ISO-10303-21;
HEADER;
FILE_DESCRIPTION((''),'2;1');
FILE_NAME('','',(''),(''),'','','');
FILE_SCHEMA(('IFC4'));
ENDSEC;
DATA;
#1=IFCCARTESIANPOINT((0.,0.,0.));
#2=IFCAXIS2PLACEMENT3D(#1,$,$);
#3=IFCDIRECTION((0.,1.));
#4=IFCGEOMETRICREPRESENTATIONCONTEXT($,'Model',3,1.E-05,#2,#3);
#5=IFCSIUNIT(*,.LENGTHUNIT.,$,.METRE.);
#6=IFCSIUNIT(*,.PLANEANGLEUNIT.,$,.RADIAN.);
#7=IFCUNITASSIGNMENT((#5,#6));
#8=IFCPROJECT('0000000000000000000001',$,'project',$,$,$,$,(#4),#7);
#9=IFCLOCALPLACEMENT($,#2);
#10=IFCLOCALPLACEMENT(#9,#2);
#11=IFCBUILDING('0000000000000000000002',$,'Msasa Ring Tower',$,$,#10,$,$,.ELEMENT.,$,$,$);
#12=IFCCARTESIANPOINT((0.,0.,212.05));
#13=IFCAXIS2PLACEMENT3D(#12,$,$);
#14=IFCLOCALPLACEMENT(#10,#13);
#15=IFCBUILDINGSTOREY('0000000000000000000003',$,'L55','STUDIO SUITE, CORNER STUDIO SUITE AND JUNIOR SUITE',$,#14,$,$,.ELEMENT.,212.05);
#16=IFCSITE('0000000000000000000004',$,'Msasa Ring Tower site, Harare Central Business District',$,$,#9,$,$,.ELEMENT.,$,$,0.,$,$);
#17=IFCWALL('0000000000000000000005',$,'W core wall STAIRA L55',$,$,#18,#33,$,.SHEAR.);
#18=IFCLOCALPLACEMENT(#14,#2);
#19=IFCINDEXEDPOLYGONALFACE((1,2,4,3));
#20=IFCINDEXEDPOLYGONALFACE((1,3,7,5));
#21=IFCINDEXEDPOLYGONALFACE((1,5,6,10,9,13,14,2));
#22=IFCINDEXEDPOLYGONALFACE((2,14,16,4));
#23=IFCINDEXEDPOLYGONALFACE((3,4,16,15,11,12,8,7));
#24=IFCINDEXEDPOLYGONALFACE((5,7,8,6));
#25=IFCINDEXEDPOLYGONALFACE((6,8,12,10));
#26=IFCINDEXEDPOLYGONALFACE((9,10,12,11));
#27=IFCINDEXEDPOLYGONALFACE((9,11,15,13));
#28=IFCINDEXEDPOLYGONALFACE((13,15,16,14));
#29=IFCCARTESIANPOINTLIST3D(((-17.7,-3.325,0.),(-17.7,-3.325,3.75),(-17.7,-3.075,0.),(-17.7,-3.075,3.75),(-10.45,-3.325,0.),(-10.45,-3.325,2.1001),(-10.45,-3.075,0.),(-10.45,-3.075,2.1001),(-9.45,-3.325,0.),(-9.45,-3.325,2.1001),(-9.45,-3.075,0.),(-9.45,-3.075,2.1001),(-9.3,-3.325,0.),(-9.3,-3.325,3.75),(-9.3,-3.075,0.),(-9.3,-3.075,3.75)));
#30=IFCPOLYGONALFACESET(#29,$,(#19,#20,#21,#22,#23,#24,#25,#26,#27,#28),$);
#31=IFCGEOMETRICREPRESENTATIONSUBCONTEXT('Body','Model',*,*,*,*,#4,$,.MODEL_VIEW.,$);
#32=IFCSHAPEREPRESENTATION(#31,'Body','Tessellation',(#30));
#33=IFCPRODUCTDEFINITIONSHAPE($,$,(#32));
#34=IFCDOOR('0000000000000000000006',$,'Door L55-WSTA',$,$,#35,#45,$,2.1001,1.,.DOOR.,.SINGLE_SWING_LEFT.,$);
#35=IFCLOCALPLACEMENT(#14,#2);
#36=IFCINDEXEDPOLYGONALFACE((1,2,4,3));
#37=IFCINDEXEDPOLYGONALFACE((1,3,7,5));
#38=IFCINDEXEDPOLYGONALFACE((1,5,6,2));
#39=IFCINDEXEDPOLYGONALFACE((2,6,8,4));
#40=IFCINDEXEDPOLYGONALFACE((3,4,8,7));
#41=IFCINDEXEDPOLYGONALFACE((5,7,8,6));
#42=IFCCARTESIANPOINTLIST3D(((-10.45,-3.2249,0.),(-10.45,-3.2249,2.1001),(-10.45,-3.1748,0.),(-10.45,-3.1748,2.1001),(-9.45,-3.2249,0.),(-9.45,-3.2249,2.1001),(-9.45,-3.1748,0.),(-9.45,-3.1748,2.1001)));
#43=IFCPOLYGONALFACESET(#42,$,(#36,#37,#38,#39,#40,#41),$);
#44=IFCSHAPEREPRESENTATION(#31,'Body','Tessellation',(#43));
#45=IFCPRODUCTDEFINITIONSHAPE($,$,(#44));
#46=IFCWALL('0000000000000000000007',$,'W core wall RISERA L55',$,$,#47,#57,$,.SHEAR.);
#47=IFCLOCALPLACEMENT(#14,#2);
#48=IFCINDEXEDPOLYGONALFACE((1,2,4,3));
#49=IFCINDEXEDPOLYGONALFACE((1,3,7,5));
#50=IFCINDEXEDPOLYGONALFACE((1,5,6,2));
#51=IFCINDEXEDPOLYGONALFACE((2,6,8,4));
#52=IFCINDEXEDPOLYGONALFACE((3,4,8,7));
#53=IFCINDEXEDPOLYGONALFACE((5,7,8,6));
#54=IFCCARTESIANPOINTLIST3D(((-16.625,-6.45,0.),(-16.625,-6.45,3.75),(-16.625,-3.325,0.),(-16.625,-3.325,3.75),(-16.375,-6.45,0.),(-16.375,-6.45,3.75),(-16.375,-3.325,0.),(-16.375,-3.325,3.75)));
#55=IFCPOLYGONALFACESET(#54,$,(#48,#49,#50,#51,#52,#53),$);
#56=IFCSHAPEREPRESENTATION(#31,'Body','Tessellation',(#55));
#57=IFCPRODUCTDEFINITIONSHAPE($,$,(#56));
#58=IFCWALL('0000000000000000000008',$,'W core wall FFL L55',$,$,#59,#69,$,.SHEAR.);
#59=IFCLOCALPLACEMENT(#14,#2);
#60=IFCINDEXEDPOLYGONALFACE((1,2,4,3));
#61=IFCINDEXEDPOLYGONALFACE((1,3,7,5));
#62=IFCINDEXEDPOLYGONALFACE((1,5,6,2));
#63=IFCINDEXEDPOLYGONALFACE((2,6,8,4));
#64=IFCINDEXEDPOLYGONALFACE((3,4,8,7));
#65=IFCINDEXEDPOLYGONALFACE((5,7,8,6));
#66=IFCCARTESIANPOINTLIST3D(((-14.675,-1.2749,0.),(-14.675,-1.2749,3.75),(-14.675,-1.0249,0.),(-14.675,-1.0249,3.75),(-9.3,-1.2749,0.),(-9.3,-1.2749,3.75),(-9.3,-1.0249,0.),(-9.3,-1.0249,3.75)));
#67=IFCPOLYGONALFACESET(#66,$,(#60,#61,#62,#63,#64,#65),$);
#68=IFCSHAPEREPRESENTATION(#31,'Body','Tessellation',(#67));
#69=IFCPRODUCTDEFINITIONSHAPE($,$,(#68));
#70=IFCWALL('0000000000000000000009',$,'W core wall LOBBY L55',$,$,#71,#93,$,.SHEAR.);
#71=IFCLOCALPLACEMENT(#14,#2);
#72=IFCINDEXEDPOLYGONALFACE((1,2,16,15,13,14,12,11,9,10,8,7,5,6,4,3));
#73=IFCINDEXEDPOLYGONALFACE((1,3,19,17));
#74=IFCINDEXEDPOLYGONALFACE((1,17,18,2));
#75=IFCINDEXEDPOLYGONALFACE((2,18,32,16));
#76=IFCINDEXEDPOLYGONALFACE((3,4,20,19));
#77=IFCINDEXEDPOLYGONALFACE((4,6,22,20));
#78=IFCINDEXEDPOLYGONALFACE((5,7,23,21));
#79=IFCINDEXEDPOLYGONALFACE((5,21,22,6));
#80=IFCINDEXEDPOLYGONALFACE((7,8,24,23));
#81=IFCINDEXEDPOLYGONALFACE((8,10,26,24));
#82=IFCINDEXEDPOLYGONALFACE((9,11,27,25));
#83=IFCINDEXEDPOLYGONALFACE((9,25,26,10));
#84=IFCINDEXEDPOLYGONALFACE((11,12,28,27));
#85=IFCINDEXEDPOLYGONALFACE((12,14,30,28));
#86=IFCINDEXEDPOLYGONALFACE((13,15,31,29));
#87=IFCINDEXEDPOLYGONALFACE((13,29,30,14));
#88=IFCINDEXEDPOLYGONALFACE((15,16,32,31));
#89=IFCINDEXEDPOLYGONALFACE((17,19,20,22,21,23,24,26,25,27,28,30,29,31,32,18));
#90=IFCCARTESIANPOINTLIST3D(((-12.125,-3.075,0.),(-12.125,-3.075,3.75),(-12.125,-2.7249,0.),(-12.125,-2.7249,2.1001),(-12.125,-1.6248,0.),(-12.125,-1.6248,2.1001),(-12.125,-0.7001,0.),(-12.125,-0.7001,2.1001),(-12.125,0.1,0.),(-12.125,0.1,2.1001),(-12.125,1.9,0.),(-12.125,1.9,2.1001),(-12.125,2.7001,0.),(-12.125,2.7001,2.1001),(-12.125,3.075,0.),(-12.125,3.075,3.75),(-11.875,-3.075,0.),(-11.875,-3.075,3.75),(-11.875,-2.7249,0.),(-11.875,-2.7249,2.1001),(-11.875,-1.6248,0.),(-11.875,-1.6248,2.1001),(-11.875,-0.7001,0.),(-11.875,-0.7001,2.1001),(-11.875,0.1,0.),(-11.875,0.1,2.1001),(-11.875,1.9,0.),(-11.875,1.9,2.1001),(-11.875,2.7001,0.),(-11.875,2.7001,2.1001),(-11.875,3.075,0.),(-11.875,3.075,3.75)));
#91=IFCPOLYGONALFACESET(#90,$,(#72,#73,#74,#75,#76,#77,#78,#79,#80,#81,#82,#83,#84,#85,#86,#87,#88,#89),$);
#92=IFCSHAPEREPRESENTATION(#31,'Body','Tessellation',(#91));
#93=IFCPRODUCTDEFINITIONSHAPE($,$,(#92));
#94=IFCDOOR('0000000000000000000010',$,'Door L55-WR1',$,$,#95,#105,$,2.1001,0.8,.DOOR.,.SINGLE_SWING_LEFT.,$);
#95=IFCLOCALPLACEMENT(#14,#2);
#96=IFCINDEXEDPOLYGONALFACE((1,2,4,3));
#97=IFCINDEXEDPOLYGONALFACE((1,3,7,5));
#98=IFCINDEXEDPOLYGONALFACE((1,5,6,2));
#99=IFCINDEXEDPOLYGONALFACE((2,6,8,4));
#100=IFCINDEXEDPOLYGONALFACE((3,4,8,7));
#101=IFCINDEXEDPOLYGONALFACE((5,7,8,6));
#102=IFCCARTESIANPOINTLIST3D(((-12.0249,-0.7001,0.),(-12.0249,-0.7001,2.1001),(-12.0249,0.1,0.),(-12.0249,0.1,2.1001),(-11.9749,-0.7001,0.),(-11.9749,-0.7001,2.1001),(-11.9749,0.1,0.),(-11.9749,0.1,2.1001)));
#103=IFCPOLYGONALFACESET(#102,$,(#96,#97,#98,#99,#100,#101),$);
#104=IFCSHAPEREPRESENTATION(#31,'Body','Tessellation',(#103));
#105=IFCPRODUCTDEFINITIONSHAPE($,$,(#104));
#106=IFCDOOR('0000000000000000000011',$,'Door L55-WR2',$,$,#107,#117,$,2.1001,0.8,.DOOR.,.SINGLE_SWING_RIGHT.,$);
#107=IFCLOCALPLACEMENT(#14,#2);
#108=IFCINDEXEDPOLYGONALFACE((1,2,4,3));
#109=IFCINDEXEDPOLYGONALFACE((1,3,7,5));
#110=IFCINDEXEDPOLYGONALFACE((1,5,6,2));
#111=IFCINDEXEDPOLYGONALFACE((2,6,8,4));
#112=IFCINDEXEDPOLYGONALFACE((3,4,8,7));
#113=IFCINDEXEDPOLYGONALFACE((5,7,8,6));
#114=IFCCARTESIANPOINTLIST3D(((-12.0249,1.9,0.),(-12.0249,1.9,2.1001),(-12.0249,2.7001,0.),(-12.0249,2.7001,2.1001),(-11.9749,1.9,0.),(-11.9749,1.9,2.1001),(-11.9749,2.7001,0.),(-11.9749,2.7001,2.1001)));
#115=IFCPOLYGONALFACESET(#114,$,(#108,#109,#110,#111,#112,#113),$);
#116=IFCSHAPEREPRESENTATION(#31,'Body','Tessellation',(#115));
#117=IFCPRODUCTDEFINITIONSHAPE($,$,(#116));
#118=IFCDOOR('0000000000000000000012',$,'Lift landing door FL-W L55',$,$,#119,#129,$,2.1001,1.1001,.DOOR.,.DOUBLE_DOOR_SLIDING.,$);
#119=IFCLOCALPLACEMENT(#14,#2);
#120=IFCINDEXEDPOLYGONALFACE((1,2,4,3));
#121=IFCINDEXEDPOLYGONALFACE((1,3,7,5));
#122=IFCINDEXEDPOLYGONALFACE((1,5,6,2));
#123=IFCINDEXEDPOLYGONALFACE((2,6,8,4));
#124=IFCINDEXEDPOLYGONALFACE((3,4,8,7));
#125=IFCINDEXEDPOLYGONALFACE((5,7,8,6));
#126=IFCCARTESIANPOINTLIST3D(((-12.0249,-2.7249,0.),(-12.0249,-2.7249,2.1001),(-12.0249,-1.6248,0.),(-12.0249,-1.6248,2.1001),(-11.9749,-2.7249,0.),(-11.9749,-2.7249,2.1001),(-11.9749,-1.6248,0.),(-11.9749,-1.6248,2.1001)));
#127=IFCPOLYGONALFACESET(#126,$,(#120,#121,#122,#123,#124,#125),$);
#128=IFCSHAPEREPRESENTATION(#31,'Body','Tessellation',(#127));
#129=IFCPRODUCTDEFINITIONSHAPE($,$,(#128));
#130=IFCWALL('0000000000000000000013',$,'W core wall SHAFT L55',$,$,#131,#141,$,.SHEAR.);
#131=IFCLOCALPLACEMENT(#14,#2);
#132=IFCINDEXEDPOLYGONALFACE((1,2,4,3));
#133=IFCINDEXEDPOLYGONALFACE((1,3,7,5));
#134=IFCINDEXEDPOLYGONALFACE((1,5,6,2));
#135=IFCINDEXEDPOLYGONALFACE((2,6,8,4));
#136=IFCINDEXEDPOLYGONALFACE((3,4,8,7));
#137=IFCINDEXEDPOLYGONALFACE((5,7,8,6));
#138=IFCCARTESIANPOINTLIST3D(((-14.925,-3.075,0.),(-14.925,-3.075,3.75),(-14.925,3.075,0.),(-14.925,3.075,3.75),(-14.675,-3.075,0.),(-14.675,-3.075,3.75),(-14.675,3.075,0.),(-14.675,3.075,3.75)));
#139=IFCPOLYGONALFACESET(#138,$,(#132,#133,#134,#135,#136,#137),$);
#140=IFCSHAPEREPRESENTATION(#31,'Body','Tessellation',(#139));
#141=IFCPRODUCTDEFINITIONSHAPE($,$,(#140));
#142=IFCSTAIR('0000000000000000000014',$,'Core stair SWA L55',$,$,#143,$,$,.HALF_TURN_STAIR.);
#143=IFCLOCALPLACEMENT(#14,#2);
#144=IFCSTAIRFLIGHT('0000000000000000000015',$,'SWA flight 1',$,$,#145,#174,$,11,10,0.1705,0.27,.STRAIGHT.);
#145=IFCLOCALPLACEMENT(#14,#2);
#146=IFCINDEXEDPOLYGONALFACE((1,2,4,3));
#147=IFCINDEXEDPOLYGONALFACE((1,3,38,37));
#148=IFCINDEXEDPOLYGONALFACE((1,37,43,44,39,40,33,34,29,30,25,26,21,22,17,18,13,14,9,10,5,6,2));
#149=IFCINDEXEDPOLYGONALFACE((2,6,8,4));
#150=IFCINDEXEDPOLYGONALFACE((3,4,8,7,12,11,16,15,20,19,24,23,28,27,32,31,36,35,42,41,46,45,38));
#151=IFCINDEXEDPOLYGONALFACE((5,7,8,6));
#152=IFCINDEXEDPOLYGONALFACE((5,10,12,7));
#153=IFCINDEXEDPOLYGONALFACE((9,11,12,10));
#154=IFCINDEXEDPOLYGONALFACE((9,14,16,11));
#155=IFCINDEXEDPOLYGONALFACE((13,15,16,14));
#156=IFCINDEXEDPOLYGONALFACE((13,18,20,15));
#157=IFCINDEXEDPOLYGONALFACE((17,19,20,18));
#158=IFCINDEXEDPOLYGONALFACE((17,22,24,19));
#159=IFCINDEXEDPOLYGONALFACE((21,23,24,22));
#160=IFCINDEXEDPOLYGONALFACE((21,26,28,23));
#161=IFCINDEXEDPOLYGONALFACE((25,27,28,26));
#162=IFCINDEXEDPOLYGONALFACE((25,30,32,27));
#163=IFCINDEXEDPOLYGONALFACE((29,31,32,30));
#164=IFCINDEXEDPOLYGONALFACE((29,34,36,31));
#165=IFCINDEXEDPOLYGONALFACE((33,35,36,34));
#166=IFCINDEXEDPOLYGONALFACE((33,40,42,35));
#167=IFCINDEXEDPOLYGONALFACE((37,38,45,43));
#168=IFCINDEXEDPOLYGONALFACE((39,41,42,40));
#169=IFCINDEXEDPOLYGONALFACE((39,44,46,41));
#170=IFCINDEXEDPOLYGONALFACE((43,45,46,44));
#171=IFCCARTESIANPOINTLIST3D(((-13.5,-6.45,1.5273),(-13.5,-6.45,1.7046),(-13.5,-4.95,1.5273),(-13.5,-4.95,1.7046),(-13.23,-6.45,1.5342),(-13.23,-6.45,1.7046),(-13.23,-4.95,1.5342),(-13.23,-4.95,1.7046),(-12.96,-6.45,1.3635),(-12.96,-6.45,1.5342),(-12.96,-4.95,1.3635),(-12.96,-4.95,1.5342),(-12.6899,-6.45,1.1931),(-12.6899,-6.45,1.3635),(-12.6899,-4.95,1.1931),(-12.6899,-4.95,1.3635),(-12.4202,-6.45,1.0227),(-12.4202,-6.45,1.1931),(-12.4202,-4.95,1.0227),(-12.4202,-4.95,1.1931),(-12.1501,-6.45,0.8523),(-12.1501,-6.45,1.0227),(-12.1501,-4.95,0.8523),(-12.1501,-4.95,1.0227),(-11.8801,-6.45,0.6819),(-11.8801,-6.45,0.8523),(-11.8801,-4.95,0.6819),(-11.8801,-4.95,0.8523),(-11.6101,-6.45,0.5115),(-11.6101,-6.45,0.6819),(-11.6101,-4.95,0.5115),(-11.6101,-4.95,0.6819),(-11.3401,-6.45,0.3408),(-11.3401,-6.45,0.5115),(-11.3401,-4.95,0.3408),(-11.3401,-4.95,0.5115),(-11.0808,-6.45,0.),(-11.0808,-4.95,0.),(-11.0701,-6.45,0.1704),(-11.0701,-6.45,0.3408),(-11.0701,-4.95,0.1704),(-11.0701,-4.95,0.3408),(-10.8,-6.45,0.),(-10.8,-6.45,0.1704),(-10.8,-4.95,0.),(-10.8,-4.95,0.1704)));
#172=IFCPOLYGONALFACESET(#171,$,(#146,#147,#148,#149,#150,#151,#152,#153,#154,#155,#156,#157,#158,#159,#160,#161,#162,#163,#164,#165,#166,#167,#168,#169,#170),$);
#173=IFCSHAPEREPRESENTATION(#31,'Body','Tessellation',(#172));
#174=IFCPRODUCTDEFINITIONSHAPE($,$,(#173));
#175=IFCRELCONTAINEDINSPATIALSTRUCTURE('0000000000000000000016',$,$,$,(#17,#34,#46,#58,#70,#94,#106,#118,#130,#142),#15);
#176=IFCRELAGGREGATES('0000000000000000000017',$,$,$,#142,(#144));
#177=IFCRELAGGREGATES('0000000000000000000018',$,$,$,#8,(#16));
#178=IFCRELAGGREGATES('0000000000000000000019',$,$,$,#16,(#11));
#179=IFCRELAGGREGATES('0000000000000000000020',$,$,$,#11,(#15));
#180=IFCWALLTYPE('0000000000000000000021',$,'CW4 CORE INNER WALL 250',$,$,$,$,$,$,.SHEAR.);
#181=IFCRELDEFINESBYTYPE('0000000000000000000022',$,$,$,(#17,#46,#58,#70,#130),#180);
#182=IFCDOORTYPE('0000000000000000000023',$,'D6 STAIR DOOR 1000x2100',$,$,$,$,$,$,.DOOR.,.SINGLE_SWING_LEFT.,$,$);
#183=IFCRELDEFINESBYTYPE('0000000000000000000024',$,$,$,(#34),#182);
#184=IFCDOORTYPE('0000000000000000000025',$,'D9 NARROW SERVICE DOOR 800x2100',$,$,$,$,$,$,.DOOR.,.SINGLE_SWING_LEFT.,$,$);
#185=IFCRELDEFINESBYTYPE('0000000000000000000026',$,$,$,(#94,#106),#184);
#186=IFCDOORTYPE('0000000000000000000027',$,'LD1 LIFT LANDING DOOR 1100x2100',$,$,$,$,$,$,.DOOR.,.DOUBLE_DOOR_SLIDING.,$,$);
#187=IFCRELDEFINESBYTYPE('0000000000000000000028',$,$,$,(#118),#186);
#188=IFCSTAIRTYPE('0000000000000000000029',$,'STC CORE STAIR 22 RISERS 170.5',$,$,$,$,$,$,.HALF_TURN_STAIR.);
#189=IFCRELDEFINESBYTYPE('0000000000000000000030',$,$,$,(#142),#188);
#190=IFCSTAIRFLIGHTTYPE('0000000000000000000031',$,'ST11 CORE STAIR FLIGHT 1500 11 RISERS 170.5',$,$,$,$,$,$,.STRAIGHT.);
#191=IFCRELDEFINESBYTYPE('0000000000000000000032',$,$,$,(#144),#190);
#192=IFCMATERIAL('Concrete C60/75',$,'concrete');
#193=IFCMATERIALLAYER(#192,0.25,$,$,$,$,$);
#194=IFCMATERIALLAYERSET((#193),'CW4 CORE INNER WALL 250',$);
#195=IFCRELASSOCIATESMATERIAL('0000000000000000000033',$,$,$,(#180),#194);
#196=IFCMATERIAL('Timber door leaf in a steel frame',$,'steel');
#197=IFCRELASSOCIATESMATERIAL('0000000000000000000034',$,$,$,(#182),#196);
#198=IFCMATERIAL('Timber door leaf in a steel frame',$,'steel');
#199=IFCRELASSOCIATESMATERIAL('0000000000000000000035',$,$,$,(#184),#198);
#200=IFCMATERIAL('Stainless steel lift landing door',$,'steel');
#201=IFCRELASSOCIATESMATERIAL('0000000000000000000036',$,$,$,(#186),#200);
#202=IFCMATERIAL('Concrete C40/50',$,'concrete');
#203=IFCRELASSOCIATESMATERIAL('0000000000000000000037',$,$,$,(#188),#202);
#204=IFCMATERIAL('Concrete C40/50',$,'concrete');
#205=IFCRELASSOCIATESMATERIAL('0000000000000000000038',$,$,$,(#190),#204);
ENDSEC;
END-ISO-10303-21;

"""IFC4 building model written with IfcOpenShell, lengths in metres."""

from ifc_helpers import new_model, si_unit, direction, frame, frame_2d, origin, place, context, subcontext, project, spatial, polyline, rectangle, outline, extrude, material, layer, layer_set, type_object, element, fill, aggregate, save


model = new_model("IFC4")

# Units and contexts
model_context = context("Model", 3, precision=1e-05, world=origin(), true_north=direction((0.0, 1.0)))
body_context = subcontext(model_context, "Body", "Model", "MODEL_VIEW")
ifc_project = project(units=[si_unit("LENGTHUNIT", "METRE"), si_unit("PLANEANGLEUNIT", "RADIAN")], contexts=[model_context])

# Site, building, storey
site_placement = place(None, origin())
site = spatial("IfcSite", under=ifc_project, at=site_placement, Name="Msasa Ring Tower site, Harare Central Business District", CompositionType="ELEMENT", RefElevation=0.0)
building_placement = place(site_placement, origin())
building = spatial("IfcBuilding", under=site, at=building_placement, Name="Msasa Ring Tower", CompositionType="ELEMENT")
storey_placement = place(building_placement, frame((0.0, 0.0, 212.05)))
storey = spatial("IfcBuildingStorey", under=building, at=storey_placement, Name="L55", Description="STUDIO SUITE, CORNER STUDIO SUITE AND JUNIOR SUITE", CompositionType="ELEMENT", Elevation=212.05)

# Wall, opening, door
ifc_material_1 = material(Name="Concrete C60/75", Category="concrete")
ifc_layer = layer(ifc_material_1, 0.25)
ifc_layer_set = layer_set([ifc_layer], Name="CW4 CORE INNER WALL 250")
wall_type = type_object("IfcWallType", Name="CW4 CORE INNER WALL 250", PredefinedType="SHEAR", material=ifc_layer_set)
wall_1_placement = place(storey_placement, frame((-9.3, -3.2, 0.0), z_axis=(0.0, 0.0, 1.0), x_axis=(-1.0, 0.0, 0.0)))
wall_1 = element("IfcWall", 1, at=wall_1_placement, inside=storey, type_object=wall_type, Name="W core wall STAIRA L55", PredefinedType="SHEAR", context=body_context, shape_type="SweptSolid", body=[
    extrude(rectangle(XDim=8.3999, YDim=0.25, at=frame_2d((4.2, 0.0))), origin(), (0.0, 0.0, 1.0), 3.75),
])
opening_1_placement = place(wall_1_placement, frame((0.1499, 0.0, 0.0)))
opening_1 = element("IfcOpeningElement", 2, at=opening_1_placement, cuts=wall_1, PredefinedType="OPENING", context=body_context, shape_type="SweptSolid", body=[
    extrude(rectangle(XDim=1.0, YDim=2.1001, at=frame_2d((0.5, 1.05))), frame((0.0, 0.135, 0.0), z_axis=(0.0, -1.0, 0.0), x_axis=(1.0, 0.0, 0.0)), (0.0, 0.0, 1.0), 0.27),
])
ifc_material_2 = material(Name="Timber door leaf in a steel frame", Category="steel")
door_type_1 = type_object("IfcDoorType", Name="D6 STAIR DOOR 1000x2100", OperationType="SINGLE_SWING_LEFT", PredefinedType="DOOR", material=ifc_material_2)
door_1_placement = place(opening_1_placement, origin())
door_1 = element("IfcDoor", 3, at=door_1_placement, inside=storey, type_object=door_type_1, Name="Door L55-WSTA", OperationType="SINGLE_SWING_LEFT", OverallHeight=2.1001, OverallWidth=1.0, PredefinedType="DOOR", context=body_context, shape_type="SweptSolid", body=[
    extrude(rectangle(XDim=1.0, YDim=2.1001, at=frame_2d((0.5, 1.05))), frame((0.0, 0.0249, 0.0), z_axis=(0.0, -1.0, 0.0), x_axis=(1.0, 0.0, 0.0)), (0.0, 0.0, 1.0), 0.05),
])
fill(opening_1, door_1)

# Walls
wall_2_placement = place(storey_placement, frame((-16.5, -6.45, 0.0), z_axis=(0.0, 0.0, 1.0), x_axis=(0.0, 1.0, 0.0)))
element("IfcWall", 4, at=wall_2_placement, inside=storey, type_object=wall_type, Name="W core wall RISERA L55", PredefinedType="SHEAR", context=body_context, shape_type="SweptSolid", body=[
    extrude(rectangle(XDim=3.125, YDim=0.25, at=frame_2d((1.5625, 0.0))), origin(), (0.0, 0.0, 1.0), 3.75),
])
wall_3_placement = place(storey_placement, frame((-9.3, -1.1499, 0.0), z_axis=(0.0, 0.0, 1.0), x_axis=(-1.0, 0.0, 0.0)))
element("IfcWall", 5, at=wall_3_placement, inside=storey, type_object=wall_type, Name="W core wall FFL L55", PredefinedType="SHEAR", context=body_context, shape_type="SweptSolid", body=[
    extrude(rectangle(XDim=5.375, YDim=0.25, at=frame_2d((2.6875, 0.0))), origin(), (0.0, 0.0, 1.0), 3.75),
])

# Wall, openings, doors
wall_4_placement = place(storey_placement, frame((-12.0, -3.075, 0.0), z_axis=(0.0, 0.0, 1.0), x_axis=(0.0, 1.0, 0.0)))
wall_4 = element("IfcWall", 6, at=wall_4_placement, inside=storey, type_object=wall_type, Name="W core wall LOBBY L55", PredefinedType="SHEAR", context=body_context, shape_type="SweptSolid", body=[
    extrude(rectangle(XDim=6.1499, YDim=0.25, at=frame_2d((3.075, 0.0))), origin(), (0.0, 0.0, 1.0), 3.75),
])
opening_2_placement = place(wall_4_placement, frame((2.375, 0.0, 0.0)))
opening_2 = element("IfcOpeningElement", 7, at=opening_2_placement, cuts=wall_4, PredefinedType="OPENING", context=body_context, shape_type="SweptSolid", body=[
    extrude(rectangle(XDim=0.8, YDim=2.1001, at=frame_2d((0.3999, 1.05))), frame((0.0, 0.135, 0.0), z_axis=(0.0, -1.0, 0.0), x_axis=(1.0, 0.0, 0.0)), (0.0, 0.0, 1.0), 0.27),
])
opening_3_placement = place(wall_4_placement, frame((4.9751, 0.0, 0.0)))
opening_3 = element("IfcOpeningElement", 8, at=opening_3_placement, cuts=wall_4, PredefinedType="OPENING", context=body_context, shape_type="SweptSolid", body=[
    extrude(rectangle(XDim=0.8, YDim=2.1001, at=frame_2d((0.3999, 1.05))), frame((0.0, 0.135, 0.0), z_axis=(0.0, -1.0, 0.0), x_axis=(1.0, 0.0, 0.0)), (0.0, 0.0, 1.0), 0.27),
])
opening_4_placement = place(wall_4_placement, frame((0.3501, 0.0, 0.0)))
opening_4 = element("IfcOpeningElement", 9, at=opening_4_placement, cuts=wall_4, PredefinedType="OPENING", context=body_context, shape_type="SweptSolid", body=[
    extrude(rectangle(XDim=1.1001, YDim=2.1001, at=frame_2d((0.55, 1.05))), frame((0.0, 0.135, 0.0), z_axis=(0.0, -1.0, 0.0), x_axis=(1.0, 0.0, 0.0)), (0.0, 0.0, 1.0), 0.27),
])
ifc_material_3 = material(Name="Timber door leaf in a steel frame", Category="steel")
door_type_2 = type_object("IfcDoorType", Name="D9 NARROW SERVICE DOOR 800x2100", OperationType="SINGLE_SWING_LEFT", PredefinedType="DOOR", material=ifc_material_3)
door_2_placement = place(opening_2_placement, origin())
door_2 = element("IfcDoor", 10, at=door_2_placement, inside=storey, type_object=door_type_2, Name="Door L55-WR1", OperationType="SINGLE_SWING_LEFT", OverallHeight=2.1001, OverallWidth=0.8, PredefinedType="DOOR", context=body_context, shape_type="SweptSolid", body=[
    extrude(rectangle(XDim=0.8, YDim=2.1001, at=frame_2d((0.3999, 1.05))), frame((0.0, 0.0249, 0.0), z_axis=(0.0, -1.0, 0.0), x_axis=(1.0, 0.0, 0.0)), (0.0, 0.0, 1.0), 0.05),
])
fill(opening_2, door_2)
door_3_placement = place(opening_3_placement, origin())
door_3 = element("IfcDoor", 11, at=door_3_placement, inside=storey, type_object=door_type_2, Name="Door L55-WR2", OperationType="SINGLE_SWING_RIGHT", OverallHeight=2.1001, OverallWidth=0.8, PredefinedType="DOOR", context=body_context, shape_type="SweptSolid", body=[
    extrude(rectangle(XDim=0.8, YDim=2.1001, at=frame_2d((0.3999, 1.05))), frame((0.0, 0.0249, 0.0), z_axis=(0.0, -1.0, 0.0), x_axis=(1.0, 0.0, 0.0)), (0.0, 0.0, 1.0), 0.05),
])
fill(opening_3, door_3)
ifc_material_4 = material(Name="Stainless steel lift landing door", Category="steel")
door_type_3 = type_object("IfcDoorType", Name="LD1 LIFT LANDING DOOR 1100x2100", OperationType="DOUBLE_DOOR_SLIDING", PredefinedType="DOOR", material=ifc_material_4)
door_4_placement = place(opening_4_placement, origin())
door_4 = element("IfcDoor", 12, at=door_4_placement, inside=storey, type_object=door_type_3, Name="Lift landing door FL-W L55", OperationType="DOUBLE_DOOR_SLIDING", OverallHeight=2.1001, OverallWidth=1.1001, PredefinedType="DOOR", context=body_context, shape_type="SweptSolid", body=[
    extrude(rectangle(XDim=1.1001, YDim=2.1001, at=frame_2d((0.55, 1.05))), frame((0.0, 0.0249, 0.0), z_axis=(0.0, -1.0, 0.0), x_axis=(1.0, 0.0, 0.0)), (0.0, 0.0, 1.0), 0.05),
])
fill(opening_4, door_4)

# Wall
wall_5_placement = place(storey_placement, frame((-14.8, -3.075, 0.0), z_axis=(0.0, 0.0, 1.0), x_axis=(0.0, 1.0, 0.0)))
element("IfcWall", 13, at=wall_5_placement, inside=storey, type_object=wall_type, Name="W core wall SHAFT L55", PredefinedType="SHEAR", context=body_context, shape_type="SweptSolid", body=[
    extrude(rectangle(XDim=6.1499, YDim=0.25, at=frame_2d((3.075, 0.0))), origin(), (0.0, 0.0, 1.0), 3.75),
])

# Stair, stair flight
ifc_material_5 = material(Name="Concrete C40/50", Category="concrete")
stair_type = type_object("IfcStairType", Name="STC CORE STAIR 22 RISERS 170.5", PredefinedType="HALF_TURN_STAIR", material=ifc_material_5)
stair_placement = place(storey_placement, origin())
stair = element("IfcStair", 14, at=stair_placement, inside=storey, type_object=stair_type, Name="Core stair SWA L55", PredefinedType="HALF_TURN_STAIR")
ifc_material_6 = material(Name="Concrete C40/50", Category="concrete")
stair_flight_type = type_object("IfcStairFlightType", Name="ST11 CORE STAIR FLIGHT 1500 11 RISERS 170.5", PredefinedType="STRAIGHT", material=ifc_material_6)
stair_flight_1_placement = place(storey_placement, frame((-10.8, -5.7, 0.0), z_axis=(0.0, 0.0, 1.0), x_axis=(-1.0, 0.0, 0.0)))
stair_flight_1 = element("IfcStairFlight", 15, at=stair_flight_1_placement, type_object=stair_flight_type, Name="SWA flight 1", NumberOfRisers=11, NumberOfTreads=10, PredefinedType="STRAIGHT", RiserHeight=0.1705, TreadLength=0.27, context=body_context, shape_type="SweptSolid", body=[
    extrude(outline(polyline([(0.0, 0.0), (0.0, 0.1704), (0.27, 0.1704), (0.27, 0.3408), (0.54, 0.3408), (0.54, 0.5115), (0.8101, 0.5115), (0.8101, 0.6819), (1.0801, 0.6819), (1.0801, 0.8523), (1.3501, 0.8523), (1.3501, 1.0227), (1.6201, 1.0227), (1.6201, 1.1931), (1.8899, 1.1931), (1.8899, 1.3635), (2.1599, 1.3635), (2.1599, 1.5342), (2.4299, 1.5342), (2.4299, 1.7046), (2.7, 1.7046), (2.7, 1.875), (2.7, 1.5273), (0.2808, 0.0), (0.0, 0.0)])), frame((0.0, 0.75, 0.0), z_axis=(0.0, -1.0, 0.0), x_axis=(1.0, 0.0, 0.0)), (0.0, 0.0, 1.0), 1.5),
])
aggregate(stair, [stair_flight_1])

save(model, "model.ifc")
